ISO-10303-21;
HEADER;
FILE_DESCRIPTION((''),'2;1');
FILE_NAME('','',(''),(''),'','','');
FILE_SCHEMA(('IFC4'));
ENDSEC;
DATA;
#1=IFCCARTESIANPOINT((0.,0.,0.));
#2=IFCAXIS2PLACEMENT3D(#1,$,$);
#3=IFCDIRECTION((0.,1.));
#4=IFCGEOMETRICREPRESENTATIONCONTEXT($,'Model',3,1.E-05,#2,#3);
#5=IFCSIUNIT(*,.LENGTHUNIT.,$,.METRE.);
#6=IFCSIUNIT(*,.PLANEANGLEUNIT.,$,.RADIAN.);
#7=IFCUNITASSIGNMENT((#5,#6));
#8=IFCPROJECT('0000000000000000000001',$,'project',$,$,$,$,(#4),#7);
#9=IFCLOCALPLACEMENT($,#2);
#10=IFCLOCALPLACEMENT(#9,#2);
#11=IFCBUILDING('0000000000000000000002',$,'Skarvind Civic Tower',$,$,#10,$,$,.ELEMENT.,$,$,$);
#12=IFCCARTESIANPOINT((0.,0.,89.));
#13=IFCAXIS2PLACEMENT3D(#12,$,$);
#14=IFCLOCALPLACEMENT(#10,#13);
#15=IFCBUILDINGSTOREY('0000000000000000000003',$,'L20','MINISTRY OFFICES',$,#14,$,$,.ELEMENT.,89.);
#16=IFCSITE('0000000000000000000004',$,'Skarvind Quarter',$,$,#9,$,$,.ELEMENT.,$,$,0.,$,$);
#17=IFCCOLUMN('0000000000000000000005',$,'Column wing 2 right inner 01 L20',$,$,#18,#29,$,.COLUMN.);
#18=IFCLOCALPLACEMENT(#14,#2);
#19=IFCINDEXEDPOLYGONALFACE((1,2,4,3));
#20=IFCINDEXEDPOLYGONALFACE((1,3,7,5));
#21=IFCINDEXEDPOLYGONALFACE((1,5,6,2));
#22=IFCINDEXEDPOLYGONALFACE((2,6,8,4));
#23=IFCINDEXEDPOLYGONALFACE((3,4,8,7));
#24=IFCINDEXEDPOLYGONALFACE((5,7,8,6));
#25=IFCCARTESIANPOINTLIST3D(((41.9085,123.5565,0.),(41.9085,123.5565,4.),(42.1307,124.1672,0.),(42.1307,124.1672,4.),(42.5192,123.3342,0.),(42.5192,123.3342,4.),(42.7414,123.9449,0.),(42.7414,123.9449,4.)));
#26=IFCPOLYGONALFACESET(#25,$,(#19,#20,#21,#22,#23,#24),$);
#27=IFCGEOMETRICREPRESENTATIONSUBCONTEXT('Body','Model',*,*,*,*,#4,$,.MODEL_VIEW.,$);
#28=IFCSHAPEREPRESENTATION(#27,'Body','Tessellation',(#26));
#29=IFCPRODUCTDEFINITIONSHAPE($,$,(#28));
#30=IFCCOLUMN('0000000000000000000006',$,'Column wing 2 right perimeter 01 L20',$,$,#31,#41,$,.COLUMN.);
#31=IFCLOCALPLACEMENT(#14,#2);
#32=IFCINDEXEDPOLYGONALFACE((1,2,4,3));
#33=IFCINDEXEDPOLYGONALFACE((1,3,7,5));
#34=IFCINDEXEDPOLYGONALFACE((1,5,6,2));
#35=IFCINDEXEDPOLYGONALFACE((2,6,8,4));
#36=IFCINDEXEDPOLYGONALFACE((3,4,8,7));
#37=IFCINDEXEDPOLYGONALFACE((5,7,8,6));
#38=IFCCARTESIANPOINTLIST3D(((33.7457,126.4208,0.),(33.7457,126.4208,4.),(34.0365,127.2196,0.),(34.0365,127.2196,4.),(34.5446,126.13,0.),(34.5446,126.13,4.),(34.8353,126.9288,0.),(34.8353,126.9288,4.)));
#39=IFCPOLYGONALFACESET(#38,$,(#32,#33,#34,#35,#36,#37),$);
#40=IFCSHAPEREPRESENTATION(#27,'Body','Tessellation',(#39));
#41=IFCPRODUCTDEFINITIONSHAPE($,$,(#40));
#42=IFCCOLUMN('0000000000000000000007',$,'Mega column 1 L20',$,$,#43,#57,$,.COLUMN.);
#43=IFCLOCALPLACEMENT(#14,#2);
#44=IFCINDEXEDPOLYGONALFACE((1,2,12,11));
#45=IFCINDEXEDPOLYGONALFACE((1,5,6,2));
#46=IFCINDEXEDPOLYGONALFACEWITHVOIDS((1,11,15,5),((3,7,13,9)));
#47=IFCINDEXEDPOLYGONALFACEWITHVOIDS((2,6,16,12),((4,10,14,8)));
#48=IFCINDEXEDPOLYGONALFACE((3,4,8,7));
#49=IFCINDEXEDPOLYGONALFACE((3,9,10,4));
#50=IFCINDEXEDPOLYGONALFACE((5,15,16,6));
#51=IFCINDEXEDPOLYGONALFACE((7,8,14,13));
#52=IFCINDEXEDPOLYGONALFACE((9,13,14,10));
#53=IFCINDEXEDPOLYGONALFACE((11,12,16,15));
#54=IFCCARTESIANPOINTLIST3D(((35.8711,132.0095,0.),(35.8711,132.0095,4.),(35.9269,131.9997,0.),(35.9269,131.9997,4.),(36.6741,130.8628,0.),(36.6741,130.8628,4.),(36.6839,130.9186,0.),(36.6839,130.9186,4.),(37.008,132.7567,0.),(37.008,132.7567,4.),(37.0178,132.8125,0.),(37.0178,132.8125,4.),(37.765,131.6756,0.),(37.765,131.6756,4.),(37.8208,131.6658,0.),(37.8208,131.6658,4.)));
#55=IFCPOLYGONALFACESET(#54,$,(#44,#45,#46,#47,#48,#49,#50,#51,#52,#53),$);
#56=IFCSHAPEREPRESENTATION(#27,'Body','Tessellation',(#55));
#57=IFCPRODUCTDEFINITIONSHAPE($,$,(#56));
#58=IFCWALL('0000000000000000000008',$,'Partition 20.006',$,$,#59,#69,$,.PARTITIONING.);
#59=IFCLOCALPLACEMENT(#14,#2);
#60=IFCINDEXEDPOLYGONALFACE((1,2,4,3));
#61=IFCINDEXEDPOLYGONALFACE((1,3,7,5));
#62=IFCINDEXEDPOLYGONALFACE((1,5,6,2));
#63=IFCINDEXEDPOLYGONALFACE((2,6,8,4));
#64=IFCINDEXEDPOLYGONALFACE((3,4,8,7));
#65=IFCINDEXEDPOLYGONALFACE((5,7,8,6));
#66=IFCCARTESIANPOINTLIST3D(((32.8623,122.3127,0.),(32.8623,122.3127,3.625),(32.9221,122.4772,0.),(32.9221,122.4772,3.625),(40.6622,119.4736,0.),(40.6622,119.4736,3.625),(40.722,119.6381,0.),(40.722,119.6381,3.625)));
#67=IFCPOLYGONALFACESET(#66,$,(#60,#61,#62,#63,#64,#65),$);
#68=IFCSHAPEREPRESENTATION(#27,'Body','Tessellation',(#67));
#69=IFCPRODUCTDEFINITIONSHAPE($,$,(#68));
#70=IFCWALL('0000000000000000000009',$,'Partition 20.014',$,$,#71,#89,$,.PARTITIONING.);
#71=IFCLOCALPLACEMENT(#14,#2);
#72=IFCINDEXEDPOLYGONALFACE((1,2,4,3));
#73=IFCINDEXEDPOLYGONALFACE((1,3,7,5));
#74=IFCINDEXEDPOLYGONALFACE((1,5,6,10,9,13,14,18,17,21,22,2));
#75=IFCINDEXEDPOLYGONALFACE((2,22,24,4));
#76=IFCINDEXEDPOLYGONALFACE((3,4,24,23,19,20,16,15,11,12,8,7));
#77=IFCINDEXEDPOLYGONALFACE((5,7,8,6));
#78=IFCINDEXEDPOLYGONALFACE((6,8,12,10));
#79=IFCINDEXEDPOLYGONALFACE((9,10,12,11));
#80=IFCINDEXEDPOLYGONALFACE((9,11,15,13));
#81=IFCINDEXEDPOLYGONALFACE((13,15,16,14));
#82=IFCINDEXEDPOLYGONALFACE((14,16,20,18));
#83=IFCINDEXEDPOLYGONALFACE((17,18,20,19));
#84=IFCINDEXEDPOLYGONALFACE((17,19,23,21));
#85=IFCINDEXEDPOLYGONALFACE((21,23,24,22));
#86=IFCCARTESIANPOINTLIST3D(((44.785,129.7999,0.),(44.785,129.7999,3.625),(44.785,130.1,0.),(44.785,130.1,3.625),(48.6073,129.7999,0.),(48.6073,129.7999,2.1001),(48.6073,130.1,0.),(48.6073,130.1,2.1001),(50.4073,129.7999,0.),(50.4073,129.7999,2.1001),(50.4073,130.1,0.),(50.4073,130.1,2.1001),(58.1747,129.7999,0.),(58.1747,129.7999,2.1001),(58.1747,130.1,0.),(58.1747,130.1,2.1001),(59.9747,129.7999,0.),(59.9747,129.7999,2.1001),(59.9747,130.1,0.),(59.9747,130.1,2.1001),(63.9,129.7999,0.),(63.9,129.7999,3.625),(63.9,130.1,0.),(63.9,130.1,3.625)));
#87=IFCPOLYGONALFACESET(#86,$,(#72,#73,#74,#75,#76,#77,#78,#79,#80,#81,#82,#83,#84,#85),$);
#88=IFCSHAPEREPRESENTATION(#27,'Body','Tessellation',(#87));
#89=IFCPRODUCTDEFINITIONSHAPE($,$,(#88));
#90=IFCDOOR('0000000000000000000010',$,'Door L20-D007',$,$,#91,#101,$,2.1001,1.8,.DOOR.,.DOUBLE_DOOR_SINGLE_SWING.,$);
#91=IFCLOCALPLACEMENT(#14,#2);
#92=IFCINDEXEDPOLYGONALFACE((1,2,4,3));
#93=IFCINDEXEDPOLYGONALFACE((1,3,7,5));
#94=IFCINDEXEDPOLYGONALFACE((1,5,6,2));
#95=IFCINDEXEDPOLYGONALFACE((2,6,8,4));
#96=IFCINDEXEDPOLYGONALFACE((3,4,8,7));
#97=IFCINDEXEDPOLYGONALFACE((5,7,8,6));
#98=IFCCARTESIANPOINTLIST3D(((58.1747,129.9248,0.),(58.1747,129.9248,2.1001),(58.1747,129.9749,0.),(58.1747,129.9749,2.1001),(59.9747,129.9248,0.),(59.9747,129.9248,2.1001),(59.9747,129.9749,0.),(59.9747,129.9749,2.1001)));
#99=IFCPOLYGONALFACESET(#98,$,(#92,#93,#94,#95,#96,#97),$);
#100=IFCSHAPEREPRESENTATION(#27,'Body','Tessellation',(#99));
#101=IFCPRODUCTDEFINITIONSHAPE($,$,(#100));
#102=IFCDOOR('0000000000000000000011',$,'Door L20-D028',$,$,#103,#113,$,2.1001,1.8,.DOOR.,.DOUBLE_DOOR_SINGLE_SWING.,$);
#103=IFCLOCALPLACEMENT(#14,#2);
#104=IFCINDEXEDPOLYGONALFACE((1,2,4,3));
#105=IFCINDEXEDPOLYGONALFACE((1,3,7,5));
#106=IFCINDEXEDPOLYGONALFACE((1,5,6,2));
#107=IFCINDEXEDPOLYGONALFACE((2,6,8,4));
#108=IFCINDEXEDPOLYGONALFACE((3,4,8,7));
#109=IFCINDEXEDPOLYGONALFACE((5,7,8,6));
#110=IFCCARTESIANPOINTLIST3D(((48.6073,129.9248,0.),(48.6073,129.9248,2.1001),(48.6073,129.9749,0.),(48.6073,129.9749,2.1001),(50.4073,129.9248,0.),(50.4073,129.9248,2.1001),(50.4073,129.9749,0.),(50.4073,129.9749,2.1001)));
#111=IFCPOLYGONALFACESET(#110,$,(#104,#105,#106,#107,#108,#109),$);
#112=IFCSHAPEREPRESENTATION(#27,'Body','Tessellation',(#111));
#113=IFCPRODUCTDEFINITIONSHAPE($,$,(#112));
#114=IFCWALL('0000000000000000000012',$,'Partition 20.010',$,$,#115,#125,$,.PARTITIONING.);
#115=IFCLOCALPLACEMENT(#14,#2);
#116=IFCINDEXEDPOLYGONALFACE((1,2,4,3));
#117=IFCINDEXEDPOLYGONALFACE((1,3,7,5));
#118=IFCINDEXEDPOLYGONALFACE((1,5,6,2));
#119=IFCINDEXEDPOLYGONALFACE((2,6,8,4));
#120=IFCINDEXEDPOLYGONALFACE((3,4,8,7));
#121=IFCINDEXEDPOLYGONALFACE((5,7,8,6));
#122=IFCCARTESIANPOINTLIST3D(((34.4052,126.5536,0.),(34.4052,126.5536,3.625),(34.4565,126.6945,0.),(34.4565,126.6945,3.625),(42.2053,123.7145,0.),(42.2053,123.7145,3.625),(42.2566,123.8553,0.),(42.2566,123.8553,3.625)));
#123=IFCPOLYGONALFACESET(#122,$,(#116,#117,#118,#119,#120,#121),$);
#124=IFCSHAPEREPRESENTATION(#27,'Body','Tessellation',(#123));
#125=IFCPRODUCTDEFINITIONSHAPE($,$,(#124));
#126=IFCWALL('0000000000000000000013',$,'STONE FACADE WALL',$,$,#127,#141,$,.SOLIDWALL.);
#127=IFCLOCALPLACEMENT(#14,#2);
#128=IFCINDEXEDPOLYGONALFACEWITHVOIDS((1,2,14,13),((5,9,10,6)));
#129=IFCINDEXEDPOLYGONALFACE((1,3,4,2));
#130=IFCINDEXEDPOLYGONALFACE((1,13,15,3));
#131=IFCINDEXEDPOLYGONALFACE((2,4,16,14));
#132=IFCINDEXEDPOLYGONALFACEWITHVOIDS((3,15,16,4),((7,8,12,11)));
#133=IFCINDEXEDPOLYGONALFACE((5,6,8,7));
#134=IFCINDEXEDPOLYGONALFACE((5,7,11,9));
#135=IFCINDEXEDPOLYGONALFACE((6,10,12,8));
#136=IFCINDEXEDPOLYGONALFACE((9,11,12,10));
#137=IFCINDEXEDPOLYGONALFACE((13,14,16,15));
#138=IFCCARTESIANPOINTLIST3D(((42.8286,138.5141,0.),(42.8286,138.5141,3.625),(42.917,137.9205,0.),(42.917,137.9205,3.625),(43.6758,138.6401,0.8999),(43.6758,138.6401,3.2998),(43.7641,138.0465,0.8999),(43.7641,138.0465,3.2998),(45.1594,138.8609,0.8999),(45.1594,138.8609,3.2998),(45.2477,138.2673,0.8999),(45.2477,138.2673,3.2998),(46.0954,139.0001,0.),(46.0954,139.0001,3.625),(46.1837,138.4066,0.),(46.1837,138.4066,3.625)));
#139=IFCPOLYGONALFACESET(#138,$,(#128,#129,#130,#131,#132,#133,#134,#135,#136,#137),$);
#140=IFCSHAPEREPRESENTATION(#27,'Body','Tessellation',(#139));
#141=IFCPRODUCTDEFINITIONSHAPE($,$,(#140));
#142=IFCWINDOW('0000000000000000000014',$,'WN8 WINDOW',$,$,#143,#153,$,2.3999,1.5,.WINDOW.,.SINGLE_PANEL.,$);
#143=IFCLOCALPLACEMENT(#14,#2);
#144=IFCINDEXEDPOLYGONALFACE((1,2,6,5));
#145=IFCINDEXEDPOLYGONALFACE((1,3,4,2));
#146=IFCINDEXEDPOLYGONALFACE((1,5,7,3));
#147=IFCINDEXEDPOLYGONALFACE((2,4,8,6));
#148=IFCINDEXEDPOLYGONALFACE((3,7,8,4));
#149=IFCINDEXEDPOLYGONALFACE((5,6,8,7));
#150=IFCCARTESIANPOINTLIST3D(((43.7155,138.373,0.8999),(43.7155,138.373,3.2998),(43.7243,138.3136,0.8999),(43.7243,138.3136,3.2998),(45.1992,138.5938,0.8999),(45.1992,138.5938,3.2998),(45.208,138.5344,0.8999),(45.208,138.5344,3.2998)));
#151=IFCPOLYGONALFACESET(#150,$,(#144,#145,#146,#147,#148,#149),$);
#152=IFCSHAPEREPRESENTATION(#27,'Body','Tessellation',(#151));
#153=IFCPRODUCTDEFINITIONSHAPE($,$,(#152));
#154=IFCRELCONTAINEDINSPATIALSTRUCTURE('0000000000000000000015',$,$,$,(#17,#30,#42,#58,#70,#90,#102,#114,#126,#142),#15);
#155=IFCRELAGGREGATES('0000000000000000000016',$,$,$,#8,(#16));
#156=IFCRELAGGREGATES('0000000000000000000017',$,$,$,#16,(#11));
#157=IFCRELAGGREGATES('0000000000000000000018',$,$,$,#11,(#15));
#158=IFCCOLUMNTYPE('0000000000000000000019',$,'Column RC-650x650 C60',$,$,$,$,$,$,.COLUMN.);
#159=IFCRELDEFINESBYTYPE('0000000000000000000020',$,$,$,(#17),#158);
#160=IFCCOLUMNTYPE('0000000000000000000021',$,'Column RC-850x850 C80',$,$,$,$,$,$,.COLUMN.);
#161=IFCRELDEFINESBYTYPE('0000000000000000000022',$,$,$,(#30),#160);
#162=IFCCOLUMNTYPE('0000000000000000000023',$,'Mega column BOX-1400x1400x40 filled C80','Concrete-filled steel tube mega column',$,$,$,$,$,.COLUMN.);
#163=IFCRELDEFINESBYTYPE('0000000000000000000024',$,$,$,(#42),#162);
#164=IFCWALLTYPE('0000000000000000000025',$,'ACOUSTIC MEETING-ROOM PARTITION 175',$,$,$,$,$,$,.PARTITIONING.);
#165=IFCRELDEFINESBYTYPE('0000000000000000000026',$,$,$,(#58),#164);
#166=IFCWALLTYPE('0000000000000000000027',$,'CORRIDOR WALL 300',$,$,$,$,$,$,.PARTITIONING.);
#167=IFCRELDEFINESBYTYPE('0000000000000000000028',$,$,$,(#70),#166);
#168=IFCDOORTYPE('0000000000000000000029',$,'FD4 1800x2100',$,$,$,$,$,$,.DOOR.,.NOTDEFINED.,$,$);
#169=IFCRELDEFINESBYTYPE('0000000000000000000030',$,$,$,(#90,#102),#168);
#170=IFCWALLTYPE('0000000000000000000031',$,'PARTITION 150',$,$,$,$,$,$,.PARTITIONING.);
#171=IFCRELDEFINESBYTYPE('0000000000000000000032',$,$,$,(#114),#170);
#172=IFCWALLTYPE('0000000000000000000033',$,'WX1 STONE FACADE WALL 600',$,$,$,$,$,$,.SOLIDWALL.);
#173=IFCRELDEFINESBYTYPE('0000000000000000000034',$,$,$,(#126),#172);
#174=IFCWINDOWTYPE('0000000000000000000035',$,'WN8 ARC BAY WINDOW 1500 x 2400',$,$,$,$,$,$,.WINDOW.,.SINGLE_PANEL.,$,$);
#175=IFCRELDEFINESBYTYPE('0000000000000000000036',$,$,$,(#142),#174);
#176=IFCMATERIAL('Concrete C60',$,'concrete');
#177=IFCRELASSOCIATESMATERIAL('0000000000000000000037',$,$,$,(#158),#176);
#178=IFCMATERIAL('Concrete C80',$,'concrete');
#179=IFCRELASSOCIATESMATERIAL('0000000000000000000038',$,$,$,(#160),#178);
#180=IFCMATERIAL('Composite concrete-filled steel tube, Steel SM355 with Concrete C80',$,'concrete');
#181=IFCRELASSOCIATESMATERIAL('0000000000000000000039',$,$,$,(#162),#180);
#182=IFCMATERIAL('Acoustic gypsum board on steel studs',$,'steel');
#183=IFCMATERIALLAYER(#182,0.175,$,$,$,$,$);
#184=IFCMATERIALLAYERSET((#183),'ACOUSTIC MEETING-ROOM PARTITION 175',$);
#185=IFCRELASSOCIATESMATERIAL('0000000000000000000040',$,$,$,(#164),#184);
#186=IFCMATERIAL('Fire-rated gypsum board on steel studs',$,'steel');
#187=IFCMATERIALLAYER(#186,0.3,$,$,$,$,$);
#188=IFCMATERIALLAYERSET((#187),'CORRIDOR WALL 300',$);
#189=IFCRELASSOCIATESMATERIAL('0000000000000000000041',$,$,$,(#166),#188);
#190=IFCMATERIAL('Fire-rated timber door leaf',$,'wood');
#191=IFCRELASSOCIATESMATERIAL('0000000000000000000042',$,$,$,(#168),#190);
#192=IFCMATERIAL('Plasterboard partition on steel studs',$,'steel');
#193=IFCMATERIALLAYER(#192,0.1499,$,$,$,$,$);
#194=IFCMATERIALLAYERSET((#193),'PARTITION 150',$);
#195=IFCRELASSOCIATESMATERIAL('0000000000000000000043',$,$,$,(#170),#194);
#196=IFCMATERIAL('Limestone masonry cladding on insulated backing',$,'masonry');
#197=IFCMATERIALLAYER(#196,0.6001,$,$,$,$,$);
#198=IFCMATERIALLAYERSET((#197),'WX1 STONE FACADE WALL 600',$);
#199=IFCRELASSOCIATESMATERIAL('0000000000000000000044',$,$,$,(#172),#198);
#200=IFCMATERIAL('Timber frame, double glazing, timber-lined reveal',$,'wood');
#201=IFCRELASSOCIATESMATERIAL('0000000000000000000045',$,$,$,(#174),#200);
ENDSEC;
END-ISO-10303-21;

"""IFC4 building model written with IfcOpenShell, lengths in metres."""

from ifc_helpers import new_model, si_unit, direction, frame, frame_2d, origin, origin_2d, place, context, subcontext, project, spatial, rectangle, hollow_rectangle, extrude, material, layer, layer_set, material_profile, profile_set, type_object, element, fill, save


model = new_model("IFC4")

# Units and contexts
model_context = context("Model", 3, precision=1e-05, world=origin(), true_north=direction((0.0, 1.0)))
body_context = subcontext(model_context, "Body", "Model", "MODEL_VIEW")
ifc_project = project(units=[si_unit("LENGTHUNIT", "METRE"), si_unit("PLANEANGLEUNIT", "RADIAN")], contexts=[model_context])

# Site, building, storey
site_placement = place(None, origin())
site = spatial("IfcSite", under=ifc_project, at=site_placement, Name="Skarvind Quarter", CompositionType="ELEMENT", RefElevation=0.0)
building_placement = place(site_placement, origin())
building = spatial("IfcBuilding", under=site, at=building_placement, Name="Skarvind Civic Tower", CompositionType="ELEMENT")
storey_placement = place(building_placement, frame((0.0, 0.0, 89.0)))
storey = spatial("IfcBuildingStorey", under=building, at=storey_placement, Name="L20", Description="MINISTRY OFFICES", CompositionType="ELEMENT", Elevation=89.0)

# Columns
ifc_material_1 = material(Name="Concrete C60", Category="concrete")
ifc_material_profile_1 = material_profile(ifc_material_1, rectangle(XDim=0.6499, YDim=0.6499, at=origin_2d()), Name="RC-650x650")
ifc_profile_set_1 = profile_set([ifc_material_profile_1], Name="Concrete C60")
column_type_1 = type_object("IfcColumnType", Name="Column RC-650x650 C60", PredefinedType="COLUMN", material=ifc_profile_set_1)
column_1_placement = place(storey_placement, frame((42.325, 123.7507, 0.0), z_axis=(0.0, 0.0, 1.0), x_axis=(-0.34202, -0.939693, 0.0)))
element("IfcColumn", 1, at=column_1_placement, inside=storey, type_object=column_type_1, Name="Column wing 2 right inner 01 L20", PredefinedType="COLUMN", context=body_context, shape_type="SweptSolid", body=[
    extrude(rectangle(XDim=0.6499, YDim=0.6499, at=origin_2d()), origin(), (0.0, 0.0, 1.0), 4.0),
])
ifc_material_2 = material(Name="Concrete C80", Category="concrete")
ifc_material_profile_2 = material_profile(ifc_material_2, rectangle(XDim=0.8501, YDim=0.8501, at=origin_2d()), Name="RC-850x850")
ifc_profile_set_2 = profile_set([ifc_material_profile_2], Name="Concrete C80")
column_type_2 = type_object("IfcColumnType", Name="Column RC-850x850 C80", PredefinedType="COLUMN", material=ifc_profile_set_2)
column_2_placement = place(storey_placement, frame((34.2905, 126.6748, 0.0), z_axis=(0.0, 0.0, 1.0), x_axis=(-0.34202, -0.939693, 0.0)))
element("IfcColumn", 2, at=column_2_placement, inside=storey, type_object=column_type_2, Name="Column wing 2 right perimeter 01 L20", PredefinedType="COLUMN", context=body_context, shape_type="SweptSolid", body=[
    extrude(rectangle(XDim=0.8501, YDim=0.8501, at=origin_2d()), origin(), (0.0, 0.0, 1.0), 4.0),
])
ifc_material_3 = material(Name="Composite concrete-filled steel tube, Steel SM355 with Concrete C80", Category="concrete")
ifc_material_profile_3 = material_profile(ifc_material_3, hollow_rectangle(XDim=1.3999, YDim=1.3999, WallThickness=0.04, at=origin_2d()), Name="BOX-1400x1400x40")
ifc_profile_set_3 = profile_set([ifc_material_profile_3], Name="Composite concrete-filled steel tube, Steel SM355 with Concrete C80")
column_type_3 = type_object("IfcColumnType", Name="Mega column BOX-1400x1400x40 filled C80", Description="Concrete-filled steel tube mega column", PredefinedType="COLUMN", material=ifc_profile_set_3)
column_3_placement = place(storey_placement, frame((36.8459, 131.8376, 0.0), z_axis=(0.0, 0.0, 1.0), x_axis=(0.573576, -0.819152, 0.0)))
element("IfcColumn", 3, at=column_3_placement, inside=storey, type_object=column_type_3, Name="Mega column 1 L20", PredefinedType="COLUMN", context=body_context, shape_type="SweptSolid", body=[
    extrude(hollow_rectangle(XDim=1.3999, YDim=1.3999, WallThickness=0.04, at=origin_2d()), origin(), (0.0, 0.0, 1.0), 4.0),
])

# Wall
ifc_material_4 = material(Name="Acoustic gypsum board on steel studs", Category="steel")
ifc_layer_1 = layer(ifc_material_4, 0.175)
ifc_layer_set_1 = layer_set([ifc_layer_1], Name="ACOUSTIC MEETING-ROOM PARTITION 175")
wall_type_1 = type_object("IfcWallType", Name="ACOUSTIC MEETING-ROOM PARTITION 175", PredefinedType="PARTITIONING", material=ifc_layer_set_1)
wall_1_placement = place(storey_placement, frame((32.8921, 122.395, 0.0), z_axis=(0.0, 0.0, 1.0), x_axis=(0.939684, -0.342043, 0.0)))
element("IfcWall", 4, at=wall_1_placement, inside=storey, type_object=wall_type_1, Name="Partition 20.006", PredefinedType="PARTITIONING", context=body_context, shape_type="SweptSolid", body=[
    extrude(rectangle(XDim=8.3005, YDim=0.175, at=frame_2d((4.1504, 0.0))), origin(), (0.0, 0.0, 1.0), 3.625),
])

# Wall, openings, doors
ifc_material_5 = material(Name="Fire-rated gypsum board on steel studs", Category="steel")
ifc_layer_2 = layer(ifc_material_5, 0.3)
ifc_layer_set_2 = layer_set([ifc_layer_2], Name="CORRIDOR WALL 300")
wall_type_2 = type_object("IfcWallType", Name="CORRIDOR WALL 300", PredefinedType="PARTITIONING", material=ifc_layer_set_2)
wall_2_placement = place(storey_placement, frame((44.7849, 129.95, 0.0), z_axis=(0.0, 0.0, 1.0), x_axis=(1.0, 0.0, 0.0)))
wall_2 = element("IfcWall", 5, at=wall_2_placement, inside=storey, type_object=wall_type_2, Name="Partition 20.014", PredefinedType="PARTITIONING", context=body_context, shape_type="SweptSolid", body=[
    extrude(rectangle(XDim=19.115, YDim=0.3, at=frame_2d((9.5576, 0.0))), origin(), (0.0, 0.0, 1.0), 3.625),
])
opening_1_placement = place(wall_2_placement, frame((13.3899, 0.0, 0.0)))
opening_1 = element("IfcOpeningElement", 6, at=opening_1_placement, cuts=wall_2, PredefinedType="OPENING", context=body_context, shape_type="SweptSolid", body=[
    extrude(rectangle(XDim=1.8, YDim=2.1001, at=frame_2d((0.8999, 1.05))), frame((0.0, 0.1599, 0.0), z_axis=(0.0, -1.0, 0.0), x_axis=(1.0, 0.0, 0.0)), (0.0, 0.0, 1.0), 0.3201),
])
opening_2_placement = place(wall_2_placement, frame((3.8225, 0.0, 0.0)))
opening_2 = element("IfcOpeningElement", 7, at=opening_2_placement, cuts=wall_2, PredefinedType="OPENING", context=body_context, shape_type="SweptSolid", body=[
    extrude(rectangle(XDim=1.8, YDim=2.1001, at=frame_2d((0.8999, 1.05))), frame((0.0, 0.1599, 0.0), z_axis=(0.0, -1.0, 0.0), x_axis=(1.0, 0.0, 0.0)), (0.0, 0.0, 1.0), 0.3201),
])
ifc_material_6 = material(Name="Fire-rated timber door leaf", Category="wood")
door_type = type_object("IfcDoorType", Name="FD4 1800x2100", OperationType="NOTDEFINED", PredefinedType="DOOR", material=ifc_material_6)
door_1_placement = place(opening_1_placement, origin())
door_1 = element("IfcDoor", 8, at=door_1_placement, inside=storey, type_object=door_type, Name="Door L20-D007", OperationType="DOUBLE_DOOR_SINGLE_SWING", OverallHeight=2.1001, OverallWidth=1.8, PredefinedType="DOOR", context=body_context, shape_type="SweptSolid", body=[
    extrude(rectangle(XDim=1.8, YDim=2.1001, at=frame_2d((0.8999, 1.05))), frame((0.0, 0.0249, 0.0), z_axis=(0.0, -1.0, 0.0), x_axis=(1.0, 0.0, 0.0)), (0.0, 0.0, 1.0), 0.05),
])
fill(opening_1, door_1)
door_2_placement = place(opening_2_placement, origin())
door_2 = element("IfcDoor", 9, at=door_2_placement, inside=storey, type_object=door_type, Name="Door L20-D028", OperationType="DOUBLE_DOOR_SINGLE_SWING", OverallHeight=2.1001, OverallWidth=1.8, PredefinedType="DOOR", context=body_context, shape_type="SweptSolid", body=[
    extrude(rectangle(XDim=1.8, YDim=2.1001, at=frame_2d((0.8999, 1.05))), frame((0.0, 0.0249, 0.0), z_axis=(0.0, -1.0, 0.0), x_axis=(1.0, 0.0, 0.0)), (0.0, 0.0, 1.0), 0.05),
])
fill(opening_2, door_2)

# Wall
ifc_material_7 = material(Name="Plasterboard partition on steel studs", Category="steel")
ifc_layer_3 = layer(ifc_material_7, 0.1499)
ifc_layer_set_3 = layer_set([ifc_layer_3], Name="PARTITION 150")
wall_type_3 = type_object("IfcWallType", Name="PARTITION 150", PredefinedType="PARTITIONING", material=ifc_layer_set_3)
wall_3_placement = place(storey_placement, frame((42.231, 123.7849, 0.0), z_axis=(0.0, 0.0, 1.0), x_axis=(-0.939688, 0.342034, 0.0)))
element("IfcWall", 10, at=wall_3_placement, inside=storey, type_object=wall_type_3, Name="Partition 20.010", PredefinedType="PARTITIONING", context=body_context, shape_type="SweptSolid", body=[
    extrude(rectangle(XDim=8.3008, YDim=0.1499, at=frame_2d((4.1504, 0.0))), origin(), (0.0, 0.0, 1.0), 3.625),
])

# Wall, opening, window
ifc_material_8 = material(Name="Limestone masonry cladding on insulated backing", Category="masonry")
ifc_layer_4 = layer(ifc_material_8, 0.6001)
ifc_layer_set_4 = layer_set([ifc_layer_4], Name="WX1 STONE FACADE WALL 600")
wall_type_4 = type_object("IfcWallType", Name="WX1 STONE FACADE WALL 600", PredefinedType="SOLIDWALL", material=ifc_layer_set_4)
wall_4_placement = place(storey_placement, frame((42.8728, 138.2173, 0.0), z_axis=(0.0, 0.0, 1.0), x_axis=(0.989111, 0.147173, 0.0)))
wall_4 = element("IfcWall", 11, at=wall_4_placement, inside=storey, type_object=wall_type_4, Name="STONE FACADE WALL", PredefinedType="SOLIDWALL", context=body_context, shape_type="SweptSolid", body=[
    extrude(rectangle(XDim=3.3027, YDim=0.6001, at=frame_2d((1.6514, 0.0))), origin(), (0.0, 0.0, 1.0), 3.625),
])
opening_3_placement = place(wall_4_placement, frame((0.8564, 0.0, 0.8999)))
opening_3 = element("IfcOpeningElement", 12, at=opening_3_placement, cuts=wall_4, PredefinedType="OPENING", context=body_context, shape_type="SweptSolid", body=[
    extrude(rectangle(XDim=1.5, YDim=2.3999, at=frame_2d((0.75, 1.2))), frame((0.0, 0.3101, 0.0), z_axis=(0.0, -1.0, 0.0), x_axis=(1.0, 0.0, 0.0)), (0.0, 0.0, 1.0), 0.6201),
])
ifc_material_9 = material(Name="Timber frame, double glazing, timber-lined reveal", Category="wood")
window_type = type_object("IfcWindowType", Name="WN8 ARC BAY WINDOW 1500 x 2400", PartitioningType="SINGLE_PANEL", PredefinedType="WINDOW", material=ifc_material_9)
window_1_placement = place(opening_3_placement, origin())
window_1 = element("IfcWindow", 13, at=window_1_placement, inside=storey, type_object=window_type, Name="WN8 WINDOW", OverallHeight=2.3999, OverallWidth=1.5, PartitioningType="SINGLE_PANEL", PredefinedType="WINDOW", context=body_context, shape_type="SweptSolid", body=[
    extrude(rectangle(XDim=1.5, YDim=2.3999, at=frame_2d((0.75, 1.2))), frame((0.0, 0.03, 0.0), z_axis=(0.0, -1.0, 0.0), x_axis=(1.0, 0.0, 0.0)), (0.0, 0.0, 1.0), 0.0601),
])
fill(opening_3, window_1)

save(model, "model.ifc")
